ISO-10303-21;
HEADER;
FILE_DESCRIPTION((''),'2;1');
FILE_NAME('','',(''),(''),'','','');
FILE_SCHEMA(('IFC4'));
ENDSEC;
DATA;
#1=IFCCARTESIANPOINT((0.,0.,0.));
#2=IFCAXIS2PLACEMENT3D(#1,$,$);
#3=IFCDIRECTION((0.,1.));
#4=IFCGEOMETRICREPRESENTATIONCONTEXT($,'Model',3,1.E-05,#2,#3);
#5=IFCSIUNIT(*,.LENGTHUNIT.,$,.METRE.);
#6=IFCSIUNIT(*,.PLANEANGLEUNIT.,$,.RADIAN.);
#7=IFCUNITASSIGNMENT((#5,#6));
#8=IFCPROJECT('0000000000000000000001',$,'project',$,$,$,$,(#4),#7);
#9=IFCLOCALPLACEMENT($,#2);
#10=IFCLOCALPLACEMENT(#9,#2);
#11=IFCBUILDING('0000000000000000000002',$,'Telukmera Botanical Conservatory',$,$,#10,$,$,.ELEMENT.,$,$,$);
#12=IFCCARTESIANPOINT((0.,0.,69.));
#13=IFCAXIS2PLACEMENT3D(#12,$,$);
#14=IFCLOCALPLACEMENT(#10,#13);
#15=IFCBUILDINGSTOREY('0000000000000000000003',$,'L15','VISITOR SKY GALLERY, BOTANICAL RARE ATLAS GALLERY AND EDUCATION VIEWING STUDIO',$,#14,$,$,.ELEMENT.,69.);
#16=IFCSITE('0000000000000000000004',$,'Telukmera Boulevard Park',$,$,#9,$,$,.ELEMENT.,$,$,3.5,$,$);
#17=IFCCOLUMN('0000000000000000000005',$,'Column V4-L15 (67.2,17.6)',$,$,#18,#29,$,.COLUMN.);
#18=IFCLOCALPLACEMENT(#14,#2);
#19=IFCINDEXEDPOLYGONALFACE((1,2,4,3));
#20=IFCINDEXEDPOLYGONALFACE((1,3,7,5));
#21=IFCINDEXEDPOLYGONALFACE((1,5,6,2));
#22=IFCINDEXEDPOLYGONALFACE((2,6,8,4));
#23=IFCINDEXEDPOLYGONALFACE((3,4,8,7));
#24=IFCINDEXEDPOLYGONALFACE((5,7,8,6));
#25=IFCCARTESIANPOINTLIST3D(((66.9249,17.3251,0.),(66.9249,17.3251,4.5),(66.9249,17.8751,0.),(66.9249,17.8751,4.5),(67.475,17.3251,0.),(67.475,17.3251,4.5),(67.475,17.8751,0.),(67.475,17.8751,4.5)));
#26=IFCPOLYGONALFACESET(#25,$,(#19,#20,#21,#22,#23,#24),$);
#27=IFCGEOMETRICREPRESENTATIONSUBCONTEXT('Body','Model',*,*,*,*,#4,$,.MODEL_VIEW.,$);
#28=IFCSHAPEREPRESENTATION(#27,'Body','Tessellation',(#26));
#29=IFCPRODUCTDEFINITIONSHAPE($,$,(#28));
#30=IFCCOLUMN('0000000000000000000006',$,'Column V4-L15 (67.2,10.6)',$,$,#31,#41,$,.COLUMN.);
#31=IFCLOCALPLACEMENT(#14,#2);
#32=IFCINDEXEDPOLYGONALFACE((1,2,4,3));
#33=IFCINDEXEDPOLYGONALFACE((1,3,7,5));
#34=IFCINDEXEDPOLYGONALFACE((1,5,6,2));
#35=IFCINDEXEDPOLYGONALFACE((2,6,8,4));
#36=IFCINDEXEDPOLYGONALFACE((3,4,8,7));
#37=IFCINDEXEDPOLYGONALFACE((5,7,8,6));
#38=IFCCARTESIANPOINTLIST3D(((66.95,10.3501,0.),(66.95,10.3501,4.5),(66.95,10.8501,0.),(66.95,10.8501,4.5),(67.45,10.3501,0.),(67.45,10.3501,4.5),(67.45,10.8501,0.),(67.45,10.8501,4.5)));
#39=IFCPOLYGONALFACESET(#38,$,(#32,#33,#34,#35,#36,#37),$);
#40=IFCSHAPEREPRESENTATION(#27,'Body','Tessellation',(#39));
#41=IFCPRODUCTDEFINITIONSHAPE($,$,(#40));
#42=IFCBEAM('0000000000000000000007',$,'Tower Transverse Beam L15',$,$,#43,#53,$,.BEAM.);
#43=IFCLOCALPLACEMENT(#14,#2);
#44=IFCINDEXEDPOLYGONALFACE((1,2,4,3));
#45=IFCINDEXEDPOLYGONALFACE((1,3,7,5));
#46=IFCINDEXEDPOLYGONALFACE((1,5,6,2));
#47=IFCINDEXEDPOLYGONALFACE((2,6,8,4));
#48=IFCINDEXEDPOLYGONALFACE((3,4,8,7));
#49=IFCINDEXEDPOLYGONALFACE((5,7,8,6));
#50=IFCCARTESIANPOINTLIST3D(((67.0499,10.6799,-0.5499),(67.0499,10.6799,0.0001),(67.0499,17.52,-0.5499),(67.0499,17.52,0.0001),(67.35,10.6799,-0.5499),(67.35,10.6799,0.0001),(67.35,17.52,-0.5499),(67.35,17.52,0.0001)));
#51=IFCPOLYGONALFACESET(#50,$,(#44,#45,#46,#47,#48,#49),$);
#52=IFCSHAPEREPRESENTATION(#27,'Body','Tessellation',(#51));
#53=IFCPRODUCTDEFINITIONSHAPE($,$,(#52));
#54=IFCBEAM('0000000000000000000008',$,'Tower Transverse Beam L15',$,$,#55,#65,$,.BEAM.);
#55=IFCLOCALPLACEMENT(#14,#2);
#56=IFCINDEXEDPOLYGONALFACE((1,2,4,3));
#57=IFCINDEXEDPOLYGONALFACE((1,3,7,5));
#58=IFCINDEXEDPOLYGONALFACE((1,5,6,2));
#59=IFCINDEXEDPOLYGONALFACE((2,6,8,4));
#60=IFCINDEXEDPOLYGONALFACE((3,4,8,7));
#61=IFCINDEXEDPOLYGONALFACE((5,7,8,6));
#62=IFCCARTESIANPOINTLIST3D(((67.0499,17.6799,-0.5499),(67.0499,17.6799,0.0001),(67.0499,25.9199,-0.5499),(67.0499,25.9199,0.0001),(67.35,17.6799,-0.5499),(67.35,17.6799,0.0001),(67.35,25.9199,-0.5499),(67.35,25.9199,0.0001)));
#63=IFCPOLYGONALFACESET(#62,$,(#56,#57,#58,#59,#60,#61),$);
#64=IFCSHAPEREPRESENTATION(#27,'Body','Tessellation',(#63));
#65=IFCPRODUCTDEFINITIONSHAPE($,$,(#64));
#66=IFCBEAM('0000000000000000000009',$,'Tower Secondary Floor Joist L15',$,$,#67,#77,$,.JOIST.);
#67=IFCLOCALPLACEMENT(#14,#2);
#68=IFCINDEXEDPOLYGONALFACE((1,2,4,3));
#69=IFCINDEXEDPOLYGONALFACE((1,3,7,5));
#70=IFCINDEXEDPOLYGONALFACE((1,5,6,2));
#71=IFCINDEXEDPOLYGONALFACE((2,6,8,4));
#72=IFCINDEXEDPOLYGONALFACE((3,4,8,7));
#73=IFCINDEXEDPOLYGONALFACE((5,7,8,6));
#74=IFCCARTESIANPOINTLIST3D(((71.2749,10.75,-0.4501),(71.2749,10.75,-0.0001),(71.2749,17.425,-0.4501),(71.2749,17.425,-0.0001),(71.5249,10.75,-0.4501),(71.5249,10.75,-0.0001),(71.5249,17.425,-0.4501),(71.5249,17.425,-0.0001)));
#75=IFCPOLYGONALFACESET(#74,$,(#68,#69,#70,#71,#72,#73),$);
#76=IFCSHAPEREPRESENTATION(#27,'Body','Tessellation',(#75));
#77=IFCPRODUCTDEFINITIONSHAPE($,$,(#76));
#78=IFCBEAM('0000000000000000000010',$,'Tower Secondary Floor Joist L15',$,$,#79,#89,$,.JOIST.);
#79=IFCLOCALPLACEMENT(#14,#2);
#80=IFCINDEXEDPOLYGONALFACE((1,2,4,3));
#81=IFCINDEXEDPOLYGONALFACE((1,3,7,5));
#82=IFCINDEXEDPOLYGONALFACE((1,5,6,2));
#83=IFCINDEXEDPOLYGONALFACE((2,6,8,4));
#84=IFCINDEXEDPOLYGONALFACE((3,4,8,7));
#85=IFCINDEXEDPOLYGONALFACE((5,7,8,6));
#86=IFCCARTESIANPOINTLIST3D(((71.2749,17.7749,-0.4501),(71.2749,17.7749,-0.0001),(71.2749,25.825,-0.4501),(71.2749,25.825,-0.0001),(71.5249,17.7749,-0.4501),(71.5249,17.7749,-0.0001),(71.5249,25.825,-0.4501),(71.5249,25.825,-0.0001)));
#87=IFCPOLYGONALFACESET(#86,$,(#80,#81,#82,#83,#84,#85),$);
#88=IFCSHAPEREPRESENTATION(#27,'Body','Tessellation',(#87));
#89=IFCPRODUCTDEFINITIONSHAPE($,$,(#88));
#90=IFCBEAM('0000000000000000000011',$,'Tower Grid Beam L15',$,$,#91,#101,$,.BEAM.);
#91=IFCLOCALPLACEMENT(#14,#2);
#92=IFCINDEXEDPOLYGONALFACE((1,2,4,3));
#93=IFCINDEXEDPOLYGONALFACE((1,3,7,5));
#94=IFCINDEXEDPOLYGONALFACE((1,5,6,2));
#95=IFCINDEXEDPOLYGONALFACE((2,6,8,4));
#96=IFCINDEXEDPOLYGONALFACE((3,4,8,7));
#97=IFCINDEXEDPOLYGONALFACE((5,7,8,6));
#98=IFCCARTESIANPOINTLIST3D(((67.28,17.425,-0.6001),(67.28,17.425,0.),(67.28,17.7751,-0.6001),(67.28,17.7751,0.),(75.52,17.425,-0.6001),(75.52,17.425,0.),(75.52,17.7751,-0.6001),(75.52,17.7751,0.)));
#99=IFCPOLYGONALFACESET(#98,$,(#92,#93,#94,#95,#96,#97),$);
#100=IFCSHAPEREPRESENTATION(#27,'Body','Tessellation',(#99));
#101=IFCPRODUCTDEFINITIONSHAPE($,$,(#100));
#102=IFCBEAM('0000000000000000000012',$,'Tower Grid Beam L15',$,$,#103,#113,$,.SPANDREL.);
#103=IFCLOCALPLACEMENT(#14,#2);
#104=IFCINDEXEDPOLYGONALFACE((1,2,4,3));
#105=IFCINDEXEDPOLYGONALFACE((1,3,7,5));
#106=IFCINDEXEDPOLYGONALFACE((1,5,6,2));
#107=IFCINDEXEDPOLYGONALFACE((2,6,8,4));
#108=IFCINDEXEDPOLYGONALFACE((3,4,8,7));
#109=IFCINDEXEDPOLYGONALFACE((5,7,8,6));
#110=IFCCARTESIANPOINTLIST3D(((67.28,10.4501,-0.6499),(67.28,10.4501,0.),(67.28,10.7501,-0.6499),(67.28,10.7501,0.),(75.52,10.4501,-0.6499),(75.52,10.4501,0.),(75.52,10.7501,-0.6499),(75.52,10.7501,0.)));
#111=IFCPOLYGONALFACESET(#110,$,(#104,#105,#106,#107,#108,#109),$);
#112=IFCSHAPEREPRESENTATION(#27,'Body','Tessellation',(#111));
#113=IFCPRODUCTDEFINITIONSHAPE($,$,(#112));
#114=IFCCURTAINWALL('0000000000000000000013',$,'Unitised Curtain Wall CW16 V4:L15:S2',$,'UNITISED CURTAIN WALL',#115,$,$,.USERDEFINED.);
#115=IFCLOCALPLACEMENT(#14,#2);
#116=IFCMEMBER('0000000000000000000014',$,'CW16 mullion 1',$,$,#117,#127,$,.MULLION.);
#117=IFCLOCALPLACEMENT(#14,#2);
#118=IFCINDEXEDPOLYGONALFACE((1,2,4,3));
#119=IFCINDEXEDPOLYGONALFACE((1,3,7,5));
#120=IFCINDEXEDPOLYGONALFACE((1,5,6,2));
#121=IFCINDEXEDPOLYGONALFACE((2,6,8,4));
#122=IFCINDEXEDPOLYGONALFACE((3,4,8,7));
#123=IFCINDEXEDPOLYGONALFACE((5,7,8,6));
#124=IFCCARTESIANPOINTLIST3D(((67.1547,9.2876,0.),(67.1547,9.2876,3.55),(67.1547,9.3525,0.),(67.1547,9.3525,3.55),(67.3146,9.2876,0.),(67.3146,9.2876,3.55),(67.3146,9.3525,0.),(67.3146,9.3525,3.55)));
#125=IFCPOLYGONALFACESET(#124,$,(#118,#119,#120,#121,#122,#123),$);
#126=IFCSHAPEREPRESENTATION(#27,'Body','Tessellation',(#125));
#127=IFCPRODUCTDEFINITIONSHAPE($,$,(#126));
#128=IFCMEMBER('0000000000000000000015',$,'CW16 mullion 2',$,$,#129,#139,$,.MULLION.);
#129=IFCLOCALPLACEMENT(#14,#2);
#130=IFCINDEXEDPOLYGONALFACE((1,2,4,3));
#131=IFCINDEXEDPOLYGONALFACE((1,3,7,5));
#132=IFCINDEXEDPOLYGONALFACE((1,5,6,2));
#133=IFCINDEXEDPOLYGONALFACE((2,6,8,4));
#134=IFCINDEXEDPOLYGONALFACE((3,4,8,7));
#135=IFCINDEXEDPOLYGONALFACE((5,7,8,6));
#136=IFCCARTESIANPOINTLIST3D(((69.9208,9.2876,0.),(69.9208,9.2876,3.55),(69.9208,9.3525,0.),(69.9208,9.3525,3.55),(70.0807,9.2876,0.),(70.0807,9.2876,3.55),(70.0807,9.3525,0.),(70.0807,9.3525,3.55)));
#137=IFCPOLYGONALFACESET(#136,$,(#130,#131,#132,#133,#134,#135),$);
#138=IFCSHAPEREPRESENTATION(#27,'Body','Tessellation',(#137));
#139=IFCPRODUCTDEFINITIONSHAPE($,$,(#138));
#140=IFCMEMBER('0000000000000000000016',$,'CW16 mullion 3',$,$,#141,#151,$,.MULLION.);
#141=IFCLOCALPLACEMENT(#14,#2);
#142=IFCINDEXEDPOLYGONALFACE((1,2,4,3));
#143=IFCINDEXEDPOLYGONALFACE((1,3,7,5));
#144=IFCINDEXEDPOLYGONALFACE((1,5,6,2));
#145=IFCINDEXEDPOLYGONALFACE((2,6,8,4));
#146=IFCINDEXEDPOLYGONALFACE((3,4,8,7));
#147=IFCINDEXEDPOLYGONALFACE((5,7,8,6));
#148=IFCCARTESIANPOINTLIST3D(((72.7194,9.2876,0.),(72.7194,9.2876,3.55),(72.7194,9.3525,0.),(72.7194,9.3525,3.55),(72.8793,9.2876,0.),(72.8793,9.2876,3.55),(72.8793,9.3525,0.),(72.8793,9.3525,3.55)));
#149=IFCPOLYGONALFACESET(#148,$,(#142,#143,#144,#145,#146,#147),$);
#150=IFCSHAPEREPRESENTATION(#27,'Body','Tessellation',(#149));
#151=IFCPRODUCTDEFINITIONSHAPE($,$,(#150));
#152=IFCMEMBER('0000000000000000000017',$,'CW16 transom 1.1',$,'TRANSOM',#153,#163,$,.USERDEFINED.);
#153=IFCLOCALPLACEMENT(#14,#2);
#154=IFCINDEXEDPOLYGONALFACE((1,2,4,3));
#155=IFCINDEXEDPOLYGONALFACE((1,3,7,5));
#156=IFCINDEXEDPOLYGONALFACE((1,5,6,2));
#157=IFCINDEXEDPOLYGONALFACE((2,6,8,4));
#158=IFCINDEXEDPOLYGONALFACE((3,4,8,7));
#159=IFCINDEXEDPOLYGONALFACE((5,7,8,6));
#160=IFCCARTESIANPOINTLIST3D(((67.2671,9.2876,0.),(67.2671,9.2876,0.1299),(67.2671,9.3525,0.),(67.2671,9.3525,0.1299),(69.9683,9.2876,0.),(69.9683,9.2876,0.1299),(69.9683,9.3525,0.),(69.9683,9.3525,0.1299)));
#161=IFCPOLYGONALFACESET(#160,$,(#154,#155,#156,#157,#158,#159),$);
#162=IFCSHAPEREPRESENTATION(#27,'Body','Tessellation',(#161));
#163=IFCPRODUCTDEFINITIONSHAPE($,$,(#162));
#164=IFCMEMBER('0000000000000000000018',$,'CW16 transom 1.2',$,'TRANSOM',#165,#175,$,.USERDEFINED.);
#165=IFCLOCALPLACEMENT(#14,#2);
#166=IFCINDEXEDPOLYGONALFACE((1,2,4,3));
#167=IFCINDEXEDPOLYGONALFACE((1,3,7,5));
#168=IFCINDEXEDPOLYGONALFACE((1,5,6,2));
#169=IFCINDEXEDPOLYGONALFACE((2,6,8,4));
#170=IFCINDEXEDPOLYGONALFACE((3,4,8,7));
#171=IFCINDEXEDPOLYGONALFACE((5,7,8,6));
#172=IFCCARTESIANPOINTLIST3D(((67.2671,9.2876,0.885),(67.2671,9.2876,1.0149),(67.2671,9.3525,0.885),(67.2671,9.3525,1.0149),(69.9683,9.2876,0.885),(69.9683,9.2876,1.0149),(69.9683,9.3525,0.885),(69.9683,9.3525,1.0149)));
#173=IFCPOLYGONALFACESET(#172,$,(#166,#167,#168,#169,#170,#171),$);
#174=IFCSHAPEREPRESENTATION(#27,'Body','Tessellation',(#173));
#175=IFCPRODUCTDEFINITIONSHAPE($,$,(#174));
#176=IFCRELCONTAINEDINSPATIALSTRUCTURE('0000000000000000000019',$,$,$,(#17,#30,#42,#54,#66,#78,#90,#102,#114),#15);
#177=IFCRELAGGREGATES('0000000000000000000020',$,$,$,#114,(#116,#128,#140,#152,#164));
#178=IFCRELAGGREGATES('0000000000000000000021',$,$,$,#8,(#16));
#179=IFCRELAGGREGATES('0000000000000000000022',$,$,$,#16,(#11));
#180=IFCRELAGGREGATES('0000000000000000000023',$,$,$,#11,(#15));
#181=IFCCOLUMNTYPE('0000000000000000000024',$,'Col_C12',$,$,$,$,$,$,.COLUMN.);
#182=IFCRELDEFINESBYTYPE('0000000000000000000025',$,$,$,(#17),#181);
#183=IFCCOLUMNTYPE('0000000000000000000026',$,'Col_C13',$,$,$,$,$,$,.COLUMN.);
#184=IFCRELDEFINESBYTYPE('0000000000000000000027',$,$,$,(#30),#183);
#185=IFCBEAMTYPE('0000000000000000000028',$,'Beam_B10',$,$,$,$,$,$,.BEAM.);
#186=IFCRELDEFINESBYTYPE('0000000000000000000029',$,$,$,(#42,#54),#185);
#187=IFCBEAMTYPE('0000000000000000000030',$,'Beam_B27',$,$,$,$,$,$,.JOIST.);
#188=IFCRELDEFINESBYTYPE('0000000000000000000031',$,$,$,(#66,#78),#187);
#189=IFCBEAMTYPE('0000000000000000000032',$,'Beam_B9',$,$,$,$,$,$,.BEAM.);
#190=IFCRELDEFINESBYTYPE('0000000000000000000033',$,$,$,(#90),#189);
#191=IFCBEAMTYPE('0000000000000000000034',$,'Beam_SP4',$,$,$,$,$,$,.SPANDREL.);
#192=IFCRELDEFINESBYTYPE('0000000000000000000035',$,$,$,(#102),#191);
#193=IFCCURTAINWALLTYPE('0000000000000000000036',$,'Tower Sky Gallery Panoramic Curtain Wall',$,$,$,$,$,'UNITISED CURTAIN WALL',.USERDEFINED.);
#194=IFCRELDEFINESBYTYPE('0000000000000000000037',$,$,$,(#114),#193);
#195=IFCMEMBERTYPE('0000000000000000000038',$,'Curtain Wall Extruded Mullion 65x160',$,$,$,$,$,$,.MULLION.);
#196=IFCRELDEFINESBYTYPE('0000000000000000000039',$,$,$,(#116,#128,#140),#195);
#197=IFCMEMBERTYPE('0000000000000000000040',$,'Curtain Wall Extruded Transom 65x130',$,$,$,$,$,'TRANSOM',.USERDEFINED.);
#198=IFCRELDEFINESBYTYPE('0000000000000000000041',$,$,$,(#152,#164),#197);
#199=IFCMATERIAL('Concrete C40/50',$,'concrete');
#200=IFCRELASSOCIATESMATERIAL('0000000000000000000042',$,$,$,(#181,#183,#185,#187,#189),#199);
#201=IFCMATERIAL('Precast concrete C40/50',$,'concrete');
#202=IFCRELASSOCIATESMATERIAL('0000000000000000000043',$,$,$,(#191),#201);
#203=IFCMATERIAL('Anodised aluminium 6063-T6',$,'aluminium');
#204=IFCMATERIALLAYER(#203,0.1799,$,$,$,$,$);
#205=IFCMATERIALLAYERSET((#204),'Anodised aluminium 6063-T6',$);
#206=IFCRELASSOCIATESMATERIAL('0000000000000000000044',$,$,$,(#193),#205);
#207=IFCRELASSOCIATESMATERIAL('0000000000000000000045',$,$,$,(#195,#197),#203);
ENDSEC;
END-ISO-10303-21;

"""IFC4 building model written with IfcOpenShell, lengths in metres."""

from ifc_helpers import new_model, si_unit, direction, frame, origin, origin_2d, place, context, subcontext, project, spatial, rectangle, extrude, material, layer, layer_set, material_profile, profile_set, type_object, element, aggregate, save


model = new_model("IFC4")

# Units and contexts
model_context = context("Model", 3, precision=1e-05, world=origin(), true_north=direction((0.0, 1.0)))
body_context = subcontext(model_context, "Body", "Model", "MODEL_VIEW")
ifc_project = project(units=[si_unit("LENGTHUNIT", "METRE"), si_unit("PLANEANGLEUNIT", "RADIAN")], contexts=[model_context])

# Site, building, storey
site_placement = place(None, origin())
site = spatial("IfcSite", under=ifc_project, at=site_placement, Name="Telukmera Boulevard Park", CompositionType="ELEMENT", RefElevation=3.5)
building_placement = place(site_placement, origin())
building = spatial("IfcBuilding", under=site, at=building_placement, Name="Telukmera Botanical Conservatory", CompositionType="ELEMENT")
storey_placement = place(building_placement, frame((0.0, 0.0, 69.0)))
storey = spatial("IfcBuildingStorey", under=building, at=storey_placement, Name="L15", Description="VISITOR SKY GALLERY, BOTANICAL RARE ATLAS GALLERY AND EDUCATION VIEWING STUDIO", CompositionType="ELEMENT", Elevation=69.0)

# Columns
ifc_material_1 = material(Name="Concrete C40/50", Category="concrete")
ifc_material_profile_1 = material_profile(ifc_material_1, rectangle(XDim=0.55, YDim=0.55, at=origin_2d()), Name="RC 550x550")
ifc_profile_set_1 = profile_set([ifc_material_profile_1], Name="Concrete C40/50")
column_type_1 = type_object("IfcColumnType", Name="Col_C12", PredefinedType="COLUMN", material=ifc_profile_set_1)
column_1_placement = place(storey_placement, frame((67.2, 17.6001, 0.0), z_axis=(0.0, 0.0, 1.0), x_axis=(1.0, 0.0, 0.0)))
element("IfcColumn", 1, at=column_1_placement, inside=storey, type_object=column_type_1, Name="Column V4-L15 (67.2,17.6)", PredefinedType="COLUMN", context=body_context, shape_type="SweptSolid", body=[
    extrude(rectangle(XDim=0.55, YDim=0.55, at=origin_2d()), origin(), (0.0, 0.0, 1.0), 4.5),
])
ifc_material_profile_2 = material_profile(ifc_material_1, rectangle(XDim=0.5, YDim=0.5, at=origin_2d()), Name="RC 500x500")
ifc_profile_set_2 = profile_set([ifc_material_profile_2], Name="Concrete C40/50")
column_type_2 = type_object("IfcColumnType", Name="Col_C13", PredefinedType="COLUMN", material=ifc_profile_set_2)
column_2_placement = place(storey_placement, frame((67.2, 10.6001, 0.0), z_axis=(0.0, 0.0, 1.0), x_axis=(1.0, 0.0, 0.0)))
element("IfcColumn", 2, at=column_2_placement, inside=storey, type_object=column_type_2, Name="Column V4-L15 (67.2,10.6)", PredefinedType="COLUMN", context=body_context, shape_type="SweptSolid", body=[
    extrude(rectangle(XDim=0.5, YDim=0.5, at=origin_2d()), origin(), (0.0, 0.0, 1.0), 4.5),
])

# Beams
ifc_material_profile_3 = material_profile(ifc_material_1, rectangle(XDim=0.3, YDim=0.55, at=origin_2d()), Name="RC 300x550")
ifc_profile_set_3 = profile_set([ifc_material_profile_3], Name="Concrete C40/50")
beam_type_1 = type_object("IfcBeamType", Name="Beam_B10", PredefinedType="BEAM", material=ifc_profile_set_3)
beam_1_placement = place(storey_placement, frame((67.2, 10.6799, -0.2749), z_axis=(0.0, 1.0, 0.0), x_axis=(-1.0, 0.0, 0.0)))
element("IfcBeam", 3, at=beam_1_placement, inside=storey, type_object=beam_type_1, Name="Tower Transverse Beam L15", PredefinedType="BEAM", context=body_context, shape_type="SweptSolid", body=[
    extrude(rectangle(XDim=0.3, YDim=0.55, at=origin_2d()), origin(), (0.0, 0.0, 1.0), 6.8401),
])
beam_2_placement = place(storey_placement, frame((67.2, 17.6799, -0.2749), z_axis=(0.0, 1.0, 0.0), x_axis=(-1.0, 0.0, 0.0)))
element("IfcBeam", 4, at=beam_2_placement, inside=storey, type_object=beam_type_1, Name="Tower Transverse Beam L15", PredefinedType="BEAM", context=body_context, shape_type="SweptSolid", body=[
    extrude(rectangle(XDim=0.3, YDim=0.55, at=origin_2d()), origin(), (0.0, 0.0, 1.0), 8.24),
])
ifc_material_profile_4 = material_profile(ifc_material_1, rectangle(XDim=0.25, YDim=0.45, at=origin_2d()), Name="RC 250x450")
ifc_profile_set_4 = profile_set([ifc_material_profile_4], Name="Concrete C40/50")
beam_type_2 = type_object("IfcBeamType", Name="Beam_B27", PredefinedType="JOIST", material=ifc_profile_set_4)
beam_3_placement = place(storey_placement, frame((71.3999, 10.75, -0.2251), z_axis=(0.0, 1.0, 0.0), x_axis=(-1.0, 0.0, 0.0)))
element("IfcBeam", 5, at=beam_3_placement, inside=storey, type_object=beam_type_2, Name="Tower Secondary Floor Joist L15", PredefinedType="JOIST", context=body_context, shape_type="SweptSolid", body=[
    extrude(rectangle(XDim=0.25, YDim=0.45, at=origin_2d()), origin(), (0.0, 0.0, 1.0), 6.675),
])
beam_4_placement = place(storey_placement, frame((71.3999, 17.7749, -0.2251), z_axis=(0.0, 1.0, 0.0), x_axis=(-1.0, 0.0, 0.0)))
element("IfcBeam", 6, at=beam_4_placement, inside=storey, type_object=beam_type_2, Name="Tower Secondary Floor Joist L15", PredefinedType="JOIST", context=body_context, shape_type="SweptSolid", body=[
    extrude(rectangle(XDim=0.25, YDim=0.45, at=origin_2d()), origin(), (0.0, 0.0, 1.0), 8.05),
])
ifc_material_profile_5 = material_profile(ifc_material_1, rectangle(XDim=0.3501, YDim=0.6001, at=origin_2d()), Name="RC 350x600")
ifc_profile_set_5 = profile_set([ifc_material_profile_5], Name="Concrete C40/50")
beam_type_3 = type_object("IfcBeamType", Name="Beam_B9", PredefinedType="BEAM", material=ifc_profile_set_5)
beam_5_placement = place(storey_placement, frame((67.28, 17.6001, -0.3), z_axis=(1.0, 0.0, 0.0), x_axis=(0.0, 1.0, 0.0)))
element("IfcBeam", 7, at=beam_5_placement, inside=storey, type_object=beam_type_3, Name="Tower Grid Beam L15", PredefinedType="BEAM", context=body_context, shape_type="SweptSolid", body=[
    extrude(rectangle(XDim=0.3501, YDim=0.6001, at=origin_2d()), origin(), (0.0, 0.0, 1.0), 8.24),
])
ifc_material_2 = material(Name="Precast concrete C40/50", Category="concrete")
ifc_material_profile_6 = material_profile(ifc_material_2, rectangle(XDim=0.3, YDim=0.6499, at=origin_2d()), Name="PC 300x650")
ifc_profile_set_6 = profile_set([ifc_material_profile_6], Name="Precast concrete C40/50")
beam_type_4 = type_object("IfcBeamType", Name="Beam_SP4", PredefinedType="SPANDREL", material=ifc_profile_set_6)
beam_6_placement = place(storey_placement, frame((67.28, 10.6001, -0.325), z_axis=(1.0, 0.0, 0.0), x_axis=(0.0, 1.0, 0.0)))
element("IfcBeam", 8, at=beam_6_placement, inside=storey, type_object=beam_type_4, Name="Tower Grid Beam L15", PredefinedType="SPANDREL", context=body_context, shape_type="SweptSolid", body=[
    extrude(rectangle(XDim=0.3, YDim=0.6499, at=origin_2d()), origin(), (0.0, 0.0, 1.0), 8.24),
])

# Curtain wall, members
ifc_material_3 = material(Name="Anodised aluminium 6063-T6", Category="aluminium")
ifc_layer_1 = layer(ifc_material_3, 0.1799)
ifc_layer_set_1 = layer_set([ifc_layer_1], Name="Anodised aluminium 6063-T6")
curtain_wall_type = type_object("IfcCurtainWallType", Name="Tower Sky Gallery Panoramic Curtain Wall", ElementType="UNITISED CURTAIN WALL", PredefinedType="USERDEFINED", material=ifc_layer_set_1)
curtain_wall_placement = place(storey_placement, origin())
curtain_wall = element("IfcCurtainWall", 9, at=curtain_wall_placement, inside=storey, type_object=curtain_wall_type, Name="Unitised Curtain Wall CW16 V4:L15:S2", ObjectType="UNITISED CURTAIN WALL", PredefinedType="USERDEFINED")
ifc_material_profile_7 = material_profile(ifc_material_3, rectangle(XDim=0.0649, YDim=0.1599, at=origin_2d()), Name="ALU MULL 65x160")
ifc_profile_set_7 = profile_set([ifc_material_profile_7], Name="Anodised aluminium 6063-T6")
member_type_1 = type_object("IfcMemberType", Name="Curtain Wall Extruded Mullion 65x160", PredefinedType="MULLION", material=ifc_profile_set_7)
member_1_placement = place(storey_placement, frame((67.2346, 9.3201, 0.0), z_axis=(0.0, 0.0, 1.0), x_axis=(0.0, 1.0, 0.0)))
member_1 = element("IfcMember", 10, at=member_1_placement, type_object=member_type_1, Name="CW16 mullion 1", PredefinedType="MULLION", context=body_context, shape_type="SweptSolid", body=[
    extrude(rectangle(XDim=0.0649, YDim=0.1599, at=origin_2d()), origin(), (0.0, 0.0, 1.0), 3.55),
])
member_2_placement = place(storey_placement, frame((70.0007, 9.3201, 0.0), z_axis=(0.0, 0.0, 1.0), x_axis=(0.0, 1.0, 0.0)))
member_2 = element("IfcMember", 11, at=member_2_placement, type_object=member_type_1, Name="CW16 mullion 2", PredefinedType="MULLION", context=body_context, shape_type="SweptSolid", body=[
    extrude(rectangle(XDim=0.0649, YDim=0.1599, at=origin_2d()), origin(), (0.0, 0.0, 1.0), 3.55),
])
member_3_placement = place(storey_placement, frame((72.7993, 9.3201, 0.0), z_axis=(0.0, 0.0, 1.0), x_axis=(0.0, 1.0, 0.0)))
member_3 = element("IfcMember", 12, at=member_3_placement, type_object=member_type_1, Name="CW16 mullion 3", PredefinedType="MULLION", context=body_context, shape_type="SweptSolid", body=[
    extrude(rectangle(XDim=0.0649, YDim=0.1599, at=origin_2d()), origin(), (0.0, 0.0, 1.0), 3.55),
])
ifc_material_profile_8 = material_profile(ifc_material_3, rectangle(XDim=0.0649, YDim=0.1299, at=origin_2d()), Name="ALU TRAN 65x130")
ifc_profile_set_8 = profile_set([ifc_material_profile_8], Name="Anodised aluminium 6063-T6")
member_type_2 = type_object("IfcMemberType", Name="Curtain Wall Extruded Transom 65x130", ElementType="TRANSOM", PredefinedType="USERDEFINED", material=ifc_profile_set_8)
member_4_placement = place(storey_placement, frame((67.2671, 9.3201, 0.0649), z_axis=(1.0, 0.0, 0.0), x_axis=(0.0, 1.0, 0.0)))
member_4 = element("IfcMember", 13, at=member_4_placement, type_object=member_type_2, Name="CW16 transom 1.1", ObjectType="TRANSOM", PredefinedType="USERDEFINED", context=body_context, shape_type="SweptSolid", body=[
    extrude(rectangle(XDim=0.0649, YDim=0.1299, at=origin_2d()), origin(), (0.0, 0.0, 1.0), 2.7012),
])
member_5_placement = place(storey_placement, frame((67.2671, 9.3201, 0.95), z_axis=(1.0, 0.0, 0.0), x_axis=(0.0, 1.0, 0.0)))
member_5 = element("IfcMember", 14, at=member_5_placement, type_object=member_type_2, Name="CW16 transom 1.2", ObjectType="TRANSOM", PredefinedType="USERDEFINED", context=body_context, shape_type="SweptSolid", body=[
    extrude(rectangle(XDim=0.0649, YDim=0.1299, at=origin_2d()), origin(), (0.0, 0.0, 1.0), 2.7012),
])
aggregate(curtain_wall, [member_1, member_2, member_3, member_4, member_5])

save(model, "model.ifc")
